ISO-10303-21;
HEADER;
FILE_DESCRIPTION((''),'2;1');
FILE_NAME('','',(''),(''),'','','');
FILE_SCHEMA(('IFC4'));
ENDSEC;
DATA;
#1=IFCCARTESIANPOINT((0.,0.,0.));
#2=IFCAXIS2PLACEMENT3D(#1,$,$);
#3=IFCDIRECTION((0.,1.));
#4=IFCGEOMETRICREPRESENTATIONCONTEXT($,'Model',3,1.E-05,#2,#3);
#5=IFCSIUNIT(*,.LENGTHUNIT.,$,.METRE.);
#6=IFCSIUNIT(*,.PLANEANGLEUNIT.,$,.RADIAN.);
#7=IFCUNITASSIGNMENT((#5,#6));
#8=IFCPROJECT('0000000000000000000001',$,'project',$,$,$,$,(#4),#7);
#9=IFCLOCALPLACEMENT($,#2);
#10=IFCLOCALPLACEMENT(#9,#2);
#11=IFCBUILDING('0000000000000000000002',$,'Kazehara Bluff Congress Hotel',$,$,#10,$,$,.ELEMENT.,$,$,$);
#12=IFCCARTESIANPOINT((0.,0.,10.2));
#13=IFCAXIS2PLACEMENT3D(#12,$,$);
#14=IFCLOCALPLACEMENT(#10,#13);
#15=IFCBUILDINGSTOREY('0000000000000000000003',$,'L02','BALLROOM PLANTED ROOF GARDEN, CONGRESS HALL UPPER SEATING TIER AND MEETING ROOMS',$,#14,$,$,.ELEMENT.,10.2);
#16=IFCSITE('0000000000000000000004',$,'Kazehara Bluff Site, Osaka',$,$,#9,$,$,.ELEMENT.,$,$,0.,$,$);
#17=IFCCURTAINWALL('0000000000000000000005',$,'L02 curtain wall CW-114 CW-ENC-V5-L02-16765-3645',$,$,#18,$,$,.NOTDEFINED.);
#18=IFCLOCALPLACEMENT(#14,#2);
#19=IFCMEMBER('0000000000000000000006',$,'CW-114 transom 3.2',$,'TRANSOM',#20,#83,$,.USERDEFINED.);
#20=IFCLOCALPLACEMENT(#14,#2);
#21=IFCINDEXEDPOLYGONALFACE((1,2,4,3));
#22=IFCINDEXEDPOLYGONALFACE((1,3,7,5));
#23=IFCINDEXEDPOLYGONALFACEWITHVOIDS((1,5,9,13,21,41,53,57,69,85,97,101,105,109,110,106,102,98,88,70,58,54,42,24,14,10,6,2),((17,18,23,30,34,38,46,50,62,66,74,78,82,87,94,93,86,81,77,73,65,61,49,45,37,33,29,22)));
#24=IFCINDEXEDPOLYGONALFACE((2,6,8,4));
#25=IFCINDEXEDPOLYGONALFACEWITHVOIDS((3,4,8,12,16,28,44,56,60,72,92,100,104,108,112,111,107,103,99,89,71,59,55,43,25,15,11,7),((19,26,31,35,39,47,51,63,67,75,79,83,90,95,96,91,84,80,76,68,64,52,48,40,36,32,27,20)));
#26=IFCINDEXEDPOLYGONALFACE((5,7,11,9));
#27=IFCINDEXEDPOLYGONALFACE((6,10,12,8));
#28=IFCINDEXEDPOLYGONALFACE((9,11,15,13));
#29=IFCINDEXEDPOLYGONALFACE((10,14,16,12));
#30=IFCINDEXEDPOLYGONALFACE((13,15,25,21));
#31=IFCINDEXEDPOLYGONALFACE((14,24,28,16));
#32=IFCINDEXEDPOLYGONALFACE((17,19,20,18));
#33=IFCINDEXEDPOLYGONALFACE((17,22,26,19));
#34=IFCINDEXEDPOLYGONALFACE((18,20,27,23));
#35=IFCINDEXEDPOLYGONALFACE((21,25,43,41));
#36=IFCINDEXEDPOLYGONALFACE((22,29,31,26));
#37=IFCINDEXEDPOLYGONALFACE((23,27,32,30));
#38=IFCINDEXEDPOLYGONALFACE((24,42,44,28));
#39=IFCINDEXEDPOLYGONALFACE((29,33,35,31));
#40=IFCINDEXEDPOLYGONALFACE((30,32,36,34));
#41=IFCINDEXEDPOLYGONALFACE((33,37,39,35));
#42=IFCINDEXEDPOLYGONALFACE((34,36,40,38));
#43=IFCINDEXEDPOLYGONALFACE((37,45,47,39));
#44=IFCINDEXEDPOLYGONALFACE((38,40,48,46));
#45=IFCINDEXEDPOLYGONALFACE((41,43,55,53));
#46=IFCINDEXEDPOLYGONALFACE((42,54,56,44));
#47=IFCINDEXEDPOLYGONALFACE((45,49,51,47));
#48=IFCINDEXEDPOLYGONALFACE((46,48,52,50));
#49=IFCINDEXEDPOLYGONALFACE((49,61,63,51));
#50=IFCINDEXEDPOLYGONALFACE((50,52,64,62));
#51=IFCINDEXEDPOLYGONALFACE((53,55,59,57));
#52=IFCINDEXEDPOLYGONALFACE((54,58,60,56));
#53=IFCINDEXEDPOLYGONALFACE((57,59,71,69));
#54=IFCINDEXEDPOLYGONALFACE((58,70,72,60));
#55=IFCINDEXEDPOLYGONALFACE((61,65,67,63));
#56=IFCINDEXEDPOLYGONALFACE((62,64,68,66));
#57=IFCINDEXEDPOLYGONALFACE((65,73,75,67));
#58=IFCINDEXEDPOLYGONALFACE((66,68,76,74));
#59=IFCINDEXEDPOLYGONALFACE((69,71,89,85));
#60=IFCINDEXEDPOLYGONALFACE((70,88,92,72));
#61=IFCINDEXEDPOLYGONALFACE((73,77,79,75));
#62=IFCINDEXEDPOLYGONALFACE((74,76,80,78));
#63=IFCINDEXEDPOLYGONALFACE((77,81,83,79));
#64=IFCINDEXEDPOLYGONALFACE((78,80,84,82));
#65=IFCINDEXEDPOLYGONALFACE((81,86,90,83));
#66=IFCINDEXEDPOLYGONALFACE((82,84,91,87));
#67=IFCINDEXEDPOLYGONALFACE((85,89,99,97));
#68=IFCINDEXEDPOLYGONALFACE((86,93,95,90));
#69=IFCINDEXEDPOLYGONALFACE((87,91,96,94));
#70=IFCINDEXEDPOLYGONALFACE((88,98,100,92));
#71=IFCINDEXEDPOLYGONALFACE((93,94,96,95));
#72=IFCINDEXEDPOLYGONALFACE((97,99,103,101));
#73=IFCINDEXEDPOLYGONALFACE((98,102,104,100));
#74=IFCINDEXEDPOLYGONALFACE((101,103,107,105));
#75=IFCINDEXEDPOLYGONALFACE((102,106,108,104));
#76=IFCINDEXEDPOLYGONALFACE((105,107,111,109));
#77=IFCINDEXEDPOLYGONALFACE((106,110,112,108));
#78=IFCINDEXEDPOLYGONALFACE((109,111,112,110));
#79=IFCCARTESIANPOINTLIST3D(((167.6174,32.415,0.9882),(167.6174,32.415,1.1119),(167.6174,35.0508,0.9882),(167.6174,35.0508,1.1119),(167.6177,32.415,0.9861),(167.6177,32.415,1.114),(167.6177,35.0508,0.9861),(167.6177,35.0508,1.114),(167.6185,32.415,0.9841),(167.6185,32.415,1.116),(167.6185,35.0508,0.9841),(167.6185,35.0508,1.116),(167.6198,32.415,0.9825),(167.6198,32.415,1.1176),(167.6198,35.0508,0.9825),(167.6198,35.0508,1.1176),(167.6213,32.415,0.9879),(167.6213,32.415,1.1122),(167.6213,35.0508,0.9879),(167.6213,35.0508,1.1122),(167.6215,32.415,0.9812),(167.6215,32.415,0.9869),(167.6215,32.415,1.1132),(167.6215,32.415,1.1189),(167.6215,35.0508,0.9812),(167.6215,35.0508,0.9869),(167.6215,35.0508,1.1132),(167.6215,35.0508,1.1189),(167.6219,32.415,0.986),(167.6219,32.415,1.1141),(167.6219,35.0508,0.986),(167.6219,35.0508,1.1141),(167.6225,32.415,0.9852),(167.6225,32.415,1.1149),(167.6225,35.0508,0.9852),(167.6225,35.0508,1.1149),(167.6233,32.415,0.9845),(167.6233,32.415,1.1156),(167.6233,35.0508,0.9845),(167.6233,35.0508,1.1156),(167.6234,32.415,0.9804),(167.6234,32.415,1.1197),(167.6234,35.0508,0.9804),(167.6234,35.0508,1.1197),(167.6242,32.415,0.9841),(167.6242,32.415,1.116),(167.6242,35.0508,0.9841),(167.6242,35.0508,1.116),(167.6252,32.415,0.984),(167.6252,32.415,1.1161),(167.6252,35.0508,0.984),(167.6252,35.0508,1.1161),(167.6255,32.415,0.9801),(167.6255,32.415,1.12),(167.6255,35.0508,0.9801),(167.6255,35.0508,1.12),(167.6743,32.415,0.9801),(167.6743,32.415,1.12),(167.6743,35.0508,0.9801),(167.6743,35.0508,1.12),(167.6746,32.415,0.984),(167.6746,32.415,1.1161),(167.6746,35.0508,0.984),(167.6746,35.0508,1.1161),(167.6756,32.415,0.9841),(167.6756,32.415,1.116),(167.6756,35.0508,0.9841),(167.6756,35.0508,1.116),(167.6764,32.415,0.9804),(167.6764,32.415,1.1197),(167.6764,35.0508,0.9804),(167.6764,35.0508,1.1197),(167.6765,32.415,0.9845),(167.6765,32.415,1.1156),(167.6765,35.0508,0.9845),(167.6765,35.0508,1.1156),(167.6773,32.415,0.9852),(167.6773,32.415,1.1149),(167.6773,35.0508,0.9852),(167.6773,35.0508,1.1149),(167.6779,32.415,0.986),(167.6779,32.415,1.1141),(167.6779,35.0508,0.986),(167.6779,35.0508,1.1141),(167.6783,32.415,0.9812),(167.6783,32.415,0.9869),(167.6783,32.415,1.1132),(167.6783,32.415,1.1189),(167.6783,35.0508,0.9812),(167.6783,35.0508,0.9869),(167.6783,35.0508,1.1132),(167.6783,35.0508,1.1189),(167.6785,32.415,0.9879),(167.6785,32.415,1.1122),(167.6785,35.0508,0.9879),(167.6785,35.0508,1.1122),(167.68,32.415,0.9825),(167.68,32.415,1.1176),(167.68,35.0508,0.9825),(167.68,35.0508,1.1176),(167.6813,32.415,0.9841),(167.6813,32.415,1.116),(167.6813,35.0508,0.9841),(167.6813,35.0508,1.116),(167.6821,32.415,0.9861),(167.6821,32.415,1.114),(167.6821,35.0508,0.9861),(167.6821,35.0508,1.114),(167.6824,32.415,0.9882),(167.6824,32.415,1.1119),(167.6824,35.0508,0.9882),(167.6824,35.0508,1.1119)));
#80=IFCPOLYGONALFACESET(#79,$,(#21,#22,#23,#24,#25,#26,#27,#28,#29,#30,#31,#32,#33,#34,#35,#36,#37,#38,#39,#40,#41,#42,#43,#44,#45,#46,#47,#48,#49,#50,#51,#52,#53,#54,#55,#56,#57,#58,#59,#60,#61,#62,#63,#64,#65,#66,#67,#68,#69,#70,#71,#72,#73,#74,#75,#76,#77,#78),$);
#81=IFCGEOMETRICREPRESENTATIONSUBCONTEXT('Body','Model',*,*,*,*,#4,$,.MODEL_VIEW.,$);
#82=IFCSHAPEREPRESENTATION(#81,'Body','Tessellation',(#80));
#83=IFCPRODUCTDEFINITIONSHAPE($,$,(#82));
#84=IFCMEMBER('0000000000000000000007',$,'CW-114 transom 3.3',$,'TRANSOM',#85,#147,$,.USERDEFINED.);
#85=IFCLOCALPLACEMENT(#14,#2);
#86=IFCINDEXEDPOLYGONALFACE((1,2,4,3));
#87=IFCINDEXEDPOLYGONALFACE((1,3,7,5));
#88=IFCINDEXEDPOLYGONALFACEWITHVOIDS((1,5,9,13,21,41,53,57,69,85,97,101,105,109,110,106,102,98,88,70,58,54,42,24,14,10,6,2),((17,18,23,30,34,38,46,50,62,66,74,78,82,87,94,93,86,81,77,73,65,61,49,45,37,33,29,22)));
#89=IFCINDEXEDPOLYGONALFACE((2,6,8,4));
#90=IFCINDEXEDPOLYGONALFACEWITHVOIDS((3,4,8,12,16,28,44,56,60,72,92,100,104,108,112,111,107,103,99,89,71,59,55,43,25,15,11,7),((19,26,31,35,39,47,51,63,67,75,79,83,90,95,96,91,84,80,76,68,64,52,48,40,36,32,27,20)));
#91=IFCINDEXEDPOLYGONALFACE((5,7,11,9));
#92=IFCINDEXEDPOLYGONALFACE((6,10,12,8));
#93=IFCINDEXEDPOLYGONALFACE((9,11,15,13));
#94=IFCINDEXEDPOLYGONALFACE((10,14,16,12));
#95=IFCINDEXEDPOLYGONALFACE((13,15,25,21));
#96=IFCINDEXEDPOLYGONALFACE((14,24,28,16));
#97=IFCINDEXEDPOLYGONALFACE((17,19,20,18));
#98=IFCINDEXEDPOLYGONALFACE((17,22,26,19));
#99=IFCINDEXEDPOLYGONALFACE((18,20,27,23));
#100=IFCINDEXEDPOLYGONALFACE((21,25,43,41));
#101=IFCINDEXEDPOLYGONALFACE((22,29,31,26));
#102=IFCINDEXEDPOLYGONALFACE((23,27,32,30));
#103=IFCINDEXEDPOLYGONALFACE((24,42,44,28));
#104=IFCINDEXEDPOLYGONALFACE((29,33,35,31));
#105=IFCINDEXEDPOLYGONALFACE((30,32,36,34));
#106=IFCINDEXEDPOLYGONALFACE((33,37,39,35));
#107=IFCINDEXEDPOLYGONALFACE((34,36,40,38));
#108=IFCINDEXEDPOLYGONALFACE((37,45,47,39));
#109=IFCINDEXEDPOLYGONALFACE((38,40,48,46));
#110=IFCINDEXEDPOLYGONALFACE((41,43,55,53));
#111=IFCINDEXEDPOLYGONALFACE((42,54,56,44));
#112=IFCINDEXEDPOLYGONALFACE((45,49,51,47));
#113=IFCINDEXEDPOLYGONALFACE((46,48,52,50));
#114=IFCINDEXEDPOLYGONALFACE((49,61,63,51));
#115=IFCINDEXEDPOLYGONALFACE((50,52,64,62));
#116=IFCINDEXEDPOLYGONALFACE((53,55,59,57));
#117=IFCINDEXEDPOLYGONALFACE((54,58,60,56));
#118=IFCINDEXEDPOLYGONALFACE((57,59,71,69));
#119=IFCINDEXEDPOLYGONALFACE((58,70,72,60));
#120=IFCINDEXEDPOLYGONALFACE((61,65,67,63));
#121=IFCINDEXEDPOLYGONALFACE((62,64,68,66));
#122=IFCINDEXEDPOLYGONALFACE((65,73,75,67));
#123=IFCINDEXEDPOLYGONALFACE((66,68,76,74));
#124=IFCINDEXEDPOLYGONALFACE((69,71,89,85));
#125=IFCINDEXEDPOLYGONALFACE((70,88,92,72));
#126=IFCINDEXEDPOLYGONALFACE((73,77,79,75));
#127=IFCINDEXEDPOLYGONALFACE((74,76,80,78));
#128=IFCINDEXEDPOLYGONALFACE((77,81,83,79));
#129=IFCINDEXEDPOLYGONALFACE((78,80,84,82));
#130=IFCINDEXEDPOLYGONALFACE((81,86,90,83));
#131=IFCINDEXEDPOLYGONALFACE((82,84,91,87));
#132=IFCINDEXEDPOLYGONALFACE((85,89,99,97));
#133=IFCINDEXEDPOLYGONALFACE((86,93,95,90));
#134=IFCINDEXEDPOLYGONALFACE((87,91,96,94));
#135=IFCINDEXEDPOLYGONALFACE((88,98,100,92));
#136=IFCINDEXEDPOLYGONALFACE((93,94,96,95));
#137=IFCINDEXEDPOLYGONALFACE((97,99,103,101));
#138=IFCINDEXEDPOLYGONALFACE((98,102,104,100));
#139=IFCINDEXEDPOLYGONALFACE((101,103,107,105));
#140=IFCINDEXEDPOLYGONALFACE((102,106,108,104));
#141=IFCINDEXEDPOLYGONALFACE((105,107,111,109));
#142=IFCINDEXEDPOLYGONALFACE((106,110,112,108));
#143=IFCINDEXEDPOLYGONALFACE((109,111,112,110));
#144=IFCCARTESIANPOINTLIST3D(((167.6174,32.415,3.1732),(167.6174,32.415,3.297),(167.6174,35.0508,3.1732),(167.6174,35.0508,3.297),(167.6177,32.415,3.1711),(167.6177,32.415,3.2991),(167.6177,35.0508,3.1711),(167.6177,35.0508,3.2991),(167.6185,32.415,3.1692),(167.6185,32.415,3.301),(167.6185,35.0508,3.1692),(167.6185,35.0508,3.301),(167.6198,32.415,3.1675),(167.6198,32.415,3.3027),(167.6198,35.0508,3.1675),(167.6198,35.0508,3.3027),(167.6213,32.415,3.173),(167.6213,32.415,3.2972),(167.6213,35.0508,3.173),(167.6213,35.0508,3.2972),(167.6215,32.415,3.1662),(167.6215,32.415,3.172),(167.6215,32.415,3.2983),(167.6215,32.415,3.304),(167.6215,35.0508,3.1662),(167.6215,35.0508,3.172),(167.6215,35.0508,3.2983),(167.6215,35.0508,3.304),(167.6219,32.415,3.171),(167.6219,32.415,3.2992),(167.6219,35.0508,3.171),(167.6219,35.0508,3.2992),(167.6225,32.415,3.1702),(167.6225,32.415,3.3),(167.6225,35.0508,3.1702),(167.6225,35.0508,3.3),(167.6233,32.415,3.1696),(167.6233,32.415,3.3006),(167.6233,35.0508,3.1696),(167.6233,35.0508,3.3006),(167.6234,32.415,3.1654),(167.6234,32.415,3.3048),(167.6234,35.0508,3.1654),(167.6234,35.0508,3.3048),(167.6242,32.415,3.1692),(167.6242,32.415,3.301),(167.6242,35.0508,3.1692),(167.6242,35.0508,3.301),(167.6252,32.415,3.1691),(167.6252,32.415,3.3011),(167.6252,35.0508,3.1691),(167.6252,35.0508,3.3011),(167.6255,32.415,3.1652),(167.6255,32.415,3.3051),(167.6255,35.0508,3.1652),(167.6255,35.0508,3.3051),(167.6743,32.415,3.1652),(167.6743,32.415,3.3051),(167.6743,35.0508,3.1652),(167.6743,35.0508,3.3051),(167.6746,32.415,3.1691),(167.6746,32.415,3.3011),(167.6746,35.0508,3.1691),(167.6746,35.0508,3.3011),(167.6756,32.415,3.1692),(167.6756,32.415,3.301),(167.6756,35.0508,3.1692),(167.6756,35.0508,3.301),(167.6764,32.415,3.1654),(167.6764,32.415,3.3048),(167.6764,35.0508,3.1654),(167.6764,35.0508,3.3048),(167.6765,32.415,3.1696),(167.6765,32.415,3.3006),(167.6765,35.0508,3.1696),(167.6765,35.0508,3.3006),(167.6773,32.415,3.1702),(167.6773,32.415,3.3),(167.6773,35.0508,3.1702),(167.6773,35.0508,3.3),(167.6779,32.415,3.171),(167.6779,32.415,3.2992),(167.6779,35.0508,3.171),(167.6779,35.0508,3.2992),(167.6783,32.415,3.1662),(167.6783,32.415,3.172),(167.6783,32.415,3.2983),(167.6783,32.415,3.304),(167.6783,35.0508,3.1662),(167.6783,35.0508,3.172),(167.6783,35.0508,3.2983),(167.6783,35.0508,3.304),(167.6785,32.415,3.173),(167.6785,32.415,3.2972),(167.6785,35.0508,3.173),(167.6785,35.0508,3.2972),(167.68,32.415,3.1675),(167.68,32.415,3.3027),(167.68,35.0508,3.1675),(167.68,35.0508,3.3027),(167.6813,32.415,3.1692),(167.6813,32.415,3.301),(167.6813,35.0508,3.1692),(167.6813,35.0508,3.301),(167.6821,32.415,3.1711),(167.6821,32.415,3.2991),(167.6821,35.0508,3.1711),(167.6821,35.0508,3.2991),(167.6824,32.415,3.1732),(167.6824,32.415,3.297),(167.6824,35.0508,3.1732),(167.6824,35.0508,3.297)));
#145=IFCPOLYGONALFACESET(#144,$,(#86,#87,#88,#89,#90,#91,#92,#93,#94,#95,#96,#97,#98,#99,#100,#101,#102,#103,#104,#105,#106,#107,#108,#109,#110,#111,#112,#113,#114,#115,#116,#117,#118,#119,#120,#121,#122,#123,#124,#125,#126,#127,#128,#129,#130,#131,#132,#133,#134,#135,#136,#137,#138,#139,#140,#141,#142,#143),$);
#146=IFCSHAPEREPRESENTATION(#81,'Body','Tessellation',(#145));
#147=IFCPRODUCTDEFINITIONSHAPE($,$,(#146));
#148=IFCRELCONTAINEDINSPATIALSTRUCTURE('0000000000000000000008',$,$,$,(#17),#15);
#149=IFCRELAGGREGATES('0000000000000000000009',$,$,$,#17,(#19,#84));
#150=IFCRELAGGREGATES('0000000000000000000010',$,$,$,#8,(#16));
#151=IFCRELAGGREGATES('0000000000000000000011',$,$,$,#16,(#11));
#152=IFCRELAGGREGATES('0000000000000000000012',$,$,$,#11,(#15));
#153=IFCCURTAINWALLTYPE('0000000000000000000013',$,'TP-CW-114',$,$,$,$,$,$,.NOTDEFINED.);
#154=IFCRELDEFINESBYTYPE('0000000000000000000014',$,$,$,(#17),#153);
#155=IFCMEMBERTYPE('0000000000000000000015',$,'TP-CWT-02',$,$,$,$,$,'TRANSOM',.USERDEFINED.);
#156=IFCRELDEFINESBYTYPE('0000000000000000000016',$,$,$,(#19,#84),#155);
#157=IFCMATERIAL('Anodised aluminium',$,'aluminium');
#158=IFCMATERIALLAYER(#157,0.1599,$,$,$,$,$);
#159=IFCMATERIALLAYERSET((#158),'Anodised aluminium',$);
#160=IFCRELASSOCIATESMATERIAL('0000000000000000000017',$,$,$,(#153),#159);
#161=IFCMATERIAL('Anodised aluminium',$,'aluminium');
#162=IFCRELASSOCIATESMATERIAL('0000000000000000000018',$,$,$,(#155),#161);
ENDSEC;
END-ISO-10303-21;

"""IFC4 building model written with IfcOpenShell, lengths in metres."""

from ifc_helpers import new_model, si_unit, direction, frame, origin, origin_2d, place, context, subcontext, project, spatial, hollow_rectangle, extrude, material, layer, layer_set, material_profile, profile_set, type_object, element, aggregate, save


model = new_model("IFC4")

# Units and contexts
model_context = context("Model", 3, precision=1e-05, world=origin(), true_north=direction((0.0, 1.0)))
body_context = subcontext(model_context, "Body", "Model", "MODEL_VIEW")
ifc_project = project(units=[si_unit("LENGTHUNIT", "METRE"), si_unit("PLANEANGLEUNIT", "RADIAN")], contexts=[model_context])

# Site, building, storey
site_placement = place(None, origin())
site = spatial("IfcSite", under=ifc_project, at=site_placement, Name="Kazehara Bluff Site, Osaka", CompositionType="ELEMENT", RefElevation=0.0)
building_placement = place(site_placement, origin())
building = spatial("IfcBuilding", under=site, at=building_placement, Name="Kazehara Bluff Congress Hotel", CompositionType="ELEMENT")
storey_placement = place(building_placement, frame((0.0, 0.0, 10.2)))
storey = spatial("IfcBuildingStorey", under=building, at=storey_placement, Name="L02", Description="BALLROOM PLANTED ROOF GARDEN, CONGRESS HALL UPPER SEATING TIER AND MEETING ROOMS", CompositionType="ELEMENT", Elevation=10.2)

# Curtain wall, members
ifc_material_1 = material(Name="Anodised aluminium", Category="aluminium")
ifc_layer_1 = layer(ifc_material_1, 0.1599)
ifc_layer_set_1 = layer_set([ifc_layer_1], Name="Anodised aluminium")
curtain_wall_type_1 = type_object("IfcCurtainWallType", Name="TP-CW-114", PredefinedType="NOTDEFINED", material=ifc_layer_set_1)
curtain_wall_1_placement = place(storey_placement, origin())
curtain_wall_1 = element("IfcCurtainWall", 1, at=curtain_wall_1_placement, inside=storey, type_object=curtain_wall_type_1, Name="L02 curtain wall CW-114 CW-ENC-V5-L02-16765-3645", PredefinedType="NOTDEFINED")
ifc_material_2 = material(Name="Anodised aluminium", Category="aluminium")
ifc_material_profile_1 = material_profile(ifc_material_2, hollow_rectangle(XDim=0.0649, YDim=0.1399, WallThickness=0.0039, InnerFilletRadius=0.0039, OuterFilletRadius=0.0081, at=origin_2d()))
ifc_profile_set_1 = profile_set([ifc_material_profile_1], Name="Anodised aluminium")
member_type_1 = type_object("IfcMemberType", Name="TP-CWT-02", ElementType="TRANSOM", PredefinedType="USERDEFINED", material=ifc_profile_set_1)
member_1_placement = place(storey_placement, frame((167.6499, 35.0508, 1.05), z_axis=(0.0, -1.0, 0.0), x_axis=(1.0, 0.0, 0.0)))
member_1 = element("IfcMember", 2, at=member_1_placement, type_object=member_type_1, Name="CW-114 transom 3.2", ObjectType="TRANSOM", PredefinedType="USERDEFINED", context=body_context, shape_type="SweptSolid", body=[
    extrude(hollow_rectangle(XDim=0.0649, YDim=0.1399, WallThickness=0.0039, InnerFilletRadius=0.0039, OuterFilletRadius=0.0081, at=origin_2d()), origin(), (0.0, 0.0, 1.0), 2.6357),
])
member_2_placement = place(storey_placement, frame((167.6499, 35.0508, 3.2351), z_axis=(0.0, -1.0, 0.0), x_axis=(1.0, 0.0, 0.0)))
member_2 = element("IfcMember", 3, at=member_2_placement, type_object=member_type_1, Name="CW-114 transom 3.3", ObjectType="TRANSOM", PredefinedType="USERDEFINED", context=body_context, shape_type="SweptSolid", body=[
    extrude(hollow_rectangle(XDim=0.0649, YDim=0.1399, WallThickness=0.0039, InnerFilletRadius=0.0039, OuterFilletRadius=0.0081, at=origin_2d()), origin(), (0.0, 0.0, 1.0), 2.6357),
])

aggregate(curtain_wall_1, [member_1, member_2])

save(model, "model.ifc")
